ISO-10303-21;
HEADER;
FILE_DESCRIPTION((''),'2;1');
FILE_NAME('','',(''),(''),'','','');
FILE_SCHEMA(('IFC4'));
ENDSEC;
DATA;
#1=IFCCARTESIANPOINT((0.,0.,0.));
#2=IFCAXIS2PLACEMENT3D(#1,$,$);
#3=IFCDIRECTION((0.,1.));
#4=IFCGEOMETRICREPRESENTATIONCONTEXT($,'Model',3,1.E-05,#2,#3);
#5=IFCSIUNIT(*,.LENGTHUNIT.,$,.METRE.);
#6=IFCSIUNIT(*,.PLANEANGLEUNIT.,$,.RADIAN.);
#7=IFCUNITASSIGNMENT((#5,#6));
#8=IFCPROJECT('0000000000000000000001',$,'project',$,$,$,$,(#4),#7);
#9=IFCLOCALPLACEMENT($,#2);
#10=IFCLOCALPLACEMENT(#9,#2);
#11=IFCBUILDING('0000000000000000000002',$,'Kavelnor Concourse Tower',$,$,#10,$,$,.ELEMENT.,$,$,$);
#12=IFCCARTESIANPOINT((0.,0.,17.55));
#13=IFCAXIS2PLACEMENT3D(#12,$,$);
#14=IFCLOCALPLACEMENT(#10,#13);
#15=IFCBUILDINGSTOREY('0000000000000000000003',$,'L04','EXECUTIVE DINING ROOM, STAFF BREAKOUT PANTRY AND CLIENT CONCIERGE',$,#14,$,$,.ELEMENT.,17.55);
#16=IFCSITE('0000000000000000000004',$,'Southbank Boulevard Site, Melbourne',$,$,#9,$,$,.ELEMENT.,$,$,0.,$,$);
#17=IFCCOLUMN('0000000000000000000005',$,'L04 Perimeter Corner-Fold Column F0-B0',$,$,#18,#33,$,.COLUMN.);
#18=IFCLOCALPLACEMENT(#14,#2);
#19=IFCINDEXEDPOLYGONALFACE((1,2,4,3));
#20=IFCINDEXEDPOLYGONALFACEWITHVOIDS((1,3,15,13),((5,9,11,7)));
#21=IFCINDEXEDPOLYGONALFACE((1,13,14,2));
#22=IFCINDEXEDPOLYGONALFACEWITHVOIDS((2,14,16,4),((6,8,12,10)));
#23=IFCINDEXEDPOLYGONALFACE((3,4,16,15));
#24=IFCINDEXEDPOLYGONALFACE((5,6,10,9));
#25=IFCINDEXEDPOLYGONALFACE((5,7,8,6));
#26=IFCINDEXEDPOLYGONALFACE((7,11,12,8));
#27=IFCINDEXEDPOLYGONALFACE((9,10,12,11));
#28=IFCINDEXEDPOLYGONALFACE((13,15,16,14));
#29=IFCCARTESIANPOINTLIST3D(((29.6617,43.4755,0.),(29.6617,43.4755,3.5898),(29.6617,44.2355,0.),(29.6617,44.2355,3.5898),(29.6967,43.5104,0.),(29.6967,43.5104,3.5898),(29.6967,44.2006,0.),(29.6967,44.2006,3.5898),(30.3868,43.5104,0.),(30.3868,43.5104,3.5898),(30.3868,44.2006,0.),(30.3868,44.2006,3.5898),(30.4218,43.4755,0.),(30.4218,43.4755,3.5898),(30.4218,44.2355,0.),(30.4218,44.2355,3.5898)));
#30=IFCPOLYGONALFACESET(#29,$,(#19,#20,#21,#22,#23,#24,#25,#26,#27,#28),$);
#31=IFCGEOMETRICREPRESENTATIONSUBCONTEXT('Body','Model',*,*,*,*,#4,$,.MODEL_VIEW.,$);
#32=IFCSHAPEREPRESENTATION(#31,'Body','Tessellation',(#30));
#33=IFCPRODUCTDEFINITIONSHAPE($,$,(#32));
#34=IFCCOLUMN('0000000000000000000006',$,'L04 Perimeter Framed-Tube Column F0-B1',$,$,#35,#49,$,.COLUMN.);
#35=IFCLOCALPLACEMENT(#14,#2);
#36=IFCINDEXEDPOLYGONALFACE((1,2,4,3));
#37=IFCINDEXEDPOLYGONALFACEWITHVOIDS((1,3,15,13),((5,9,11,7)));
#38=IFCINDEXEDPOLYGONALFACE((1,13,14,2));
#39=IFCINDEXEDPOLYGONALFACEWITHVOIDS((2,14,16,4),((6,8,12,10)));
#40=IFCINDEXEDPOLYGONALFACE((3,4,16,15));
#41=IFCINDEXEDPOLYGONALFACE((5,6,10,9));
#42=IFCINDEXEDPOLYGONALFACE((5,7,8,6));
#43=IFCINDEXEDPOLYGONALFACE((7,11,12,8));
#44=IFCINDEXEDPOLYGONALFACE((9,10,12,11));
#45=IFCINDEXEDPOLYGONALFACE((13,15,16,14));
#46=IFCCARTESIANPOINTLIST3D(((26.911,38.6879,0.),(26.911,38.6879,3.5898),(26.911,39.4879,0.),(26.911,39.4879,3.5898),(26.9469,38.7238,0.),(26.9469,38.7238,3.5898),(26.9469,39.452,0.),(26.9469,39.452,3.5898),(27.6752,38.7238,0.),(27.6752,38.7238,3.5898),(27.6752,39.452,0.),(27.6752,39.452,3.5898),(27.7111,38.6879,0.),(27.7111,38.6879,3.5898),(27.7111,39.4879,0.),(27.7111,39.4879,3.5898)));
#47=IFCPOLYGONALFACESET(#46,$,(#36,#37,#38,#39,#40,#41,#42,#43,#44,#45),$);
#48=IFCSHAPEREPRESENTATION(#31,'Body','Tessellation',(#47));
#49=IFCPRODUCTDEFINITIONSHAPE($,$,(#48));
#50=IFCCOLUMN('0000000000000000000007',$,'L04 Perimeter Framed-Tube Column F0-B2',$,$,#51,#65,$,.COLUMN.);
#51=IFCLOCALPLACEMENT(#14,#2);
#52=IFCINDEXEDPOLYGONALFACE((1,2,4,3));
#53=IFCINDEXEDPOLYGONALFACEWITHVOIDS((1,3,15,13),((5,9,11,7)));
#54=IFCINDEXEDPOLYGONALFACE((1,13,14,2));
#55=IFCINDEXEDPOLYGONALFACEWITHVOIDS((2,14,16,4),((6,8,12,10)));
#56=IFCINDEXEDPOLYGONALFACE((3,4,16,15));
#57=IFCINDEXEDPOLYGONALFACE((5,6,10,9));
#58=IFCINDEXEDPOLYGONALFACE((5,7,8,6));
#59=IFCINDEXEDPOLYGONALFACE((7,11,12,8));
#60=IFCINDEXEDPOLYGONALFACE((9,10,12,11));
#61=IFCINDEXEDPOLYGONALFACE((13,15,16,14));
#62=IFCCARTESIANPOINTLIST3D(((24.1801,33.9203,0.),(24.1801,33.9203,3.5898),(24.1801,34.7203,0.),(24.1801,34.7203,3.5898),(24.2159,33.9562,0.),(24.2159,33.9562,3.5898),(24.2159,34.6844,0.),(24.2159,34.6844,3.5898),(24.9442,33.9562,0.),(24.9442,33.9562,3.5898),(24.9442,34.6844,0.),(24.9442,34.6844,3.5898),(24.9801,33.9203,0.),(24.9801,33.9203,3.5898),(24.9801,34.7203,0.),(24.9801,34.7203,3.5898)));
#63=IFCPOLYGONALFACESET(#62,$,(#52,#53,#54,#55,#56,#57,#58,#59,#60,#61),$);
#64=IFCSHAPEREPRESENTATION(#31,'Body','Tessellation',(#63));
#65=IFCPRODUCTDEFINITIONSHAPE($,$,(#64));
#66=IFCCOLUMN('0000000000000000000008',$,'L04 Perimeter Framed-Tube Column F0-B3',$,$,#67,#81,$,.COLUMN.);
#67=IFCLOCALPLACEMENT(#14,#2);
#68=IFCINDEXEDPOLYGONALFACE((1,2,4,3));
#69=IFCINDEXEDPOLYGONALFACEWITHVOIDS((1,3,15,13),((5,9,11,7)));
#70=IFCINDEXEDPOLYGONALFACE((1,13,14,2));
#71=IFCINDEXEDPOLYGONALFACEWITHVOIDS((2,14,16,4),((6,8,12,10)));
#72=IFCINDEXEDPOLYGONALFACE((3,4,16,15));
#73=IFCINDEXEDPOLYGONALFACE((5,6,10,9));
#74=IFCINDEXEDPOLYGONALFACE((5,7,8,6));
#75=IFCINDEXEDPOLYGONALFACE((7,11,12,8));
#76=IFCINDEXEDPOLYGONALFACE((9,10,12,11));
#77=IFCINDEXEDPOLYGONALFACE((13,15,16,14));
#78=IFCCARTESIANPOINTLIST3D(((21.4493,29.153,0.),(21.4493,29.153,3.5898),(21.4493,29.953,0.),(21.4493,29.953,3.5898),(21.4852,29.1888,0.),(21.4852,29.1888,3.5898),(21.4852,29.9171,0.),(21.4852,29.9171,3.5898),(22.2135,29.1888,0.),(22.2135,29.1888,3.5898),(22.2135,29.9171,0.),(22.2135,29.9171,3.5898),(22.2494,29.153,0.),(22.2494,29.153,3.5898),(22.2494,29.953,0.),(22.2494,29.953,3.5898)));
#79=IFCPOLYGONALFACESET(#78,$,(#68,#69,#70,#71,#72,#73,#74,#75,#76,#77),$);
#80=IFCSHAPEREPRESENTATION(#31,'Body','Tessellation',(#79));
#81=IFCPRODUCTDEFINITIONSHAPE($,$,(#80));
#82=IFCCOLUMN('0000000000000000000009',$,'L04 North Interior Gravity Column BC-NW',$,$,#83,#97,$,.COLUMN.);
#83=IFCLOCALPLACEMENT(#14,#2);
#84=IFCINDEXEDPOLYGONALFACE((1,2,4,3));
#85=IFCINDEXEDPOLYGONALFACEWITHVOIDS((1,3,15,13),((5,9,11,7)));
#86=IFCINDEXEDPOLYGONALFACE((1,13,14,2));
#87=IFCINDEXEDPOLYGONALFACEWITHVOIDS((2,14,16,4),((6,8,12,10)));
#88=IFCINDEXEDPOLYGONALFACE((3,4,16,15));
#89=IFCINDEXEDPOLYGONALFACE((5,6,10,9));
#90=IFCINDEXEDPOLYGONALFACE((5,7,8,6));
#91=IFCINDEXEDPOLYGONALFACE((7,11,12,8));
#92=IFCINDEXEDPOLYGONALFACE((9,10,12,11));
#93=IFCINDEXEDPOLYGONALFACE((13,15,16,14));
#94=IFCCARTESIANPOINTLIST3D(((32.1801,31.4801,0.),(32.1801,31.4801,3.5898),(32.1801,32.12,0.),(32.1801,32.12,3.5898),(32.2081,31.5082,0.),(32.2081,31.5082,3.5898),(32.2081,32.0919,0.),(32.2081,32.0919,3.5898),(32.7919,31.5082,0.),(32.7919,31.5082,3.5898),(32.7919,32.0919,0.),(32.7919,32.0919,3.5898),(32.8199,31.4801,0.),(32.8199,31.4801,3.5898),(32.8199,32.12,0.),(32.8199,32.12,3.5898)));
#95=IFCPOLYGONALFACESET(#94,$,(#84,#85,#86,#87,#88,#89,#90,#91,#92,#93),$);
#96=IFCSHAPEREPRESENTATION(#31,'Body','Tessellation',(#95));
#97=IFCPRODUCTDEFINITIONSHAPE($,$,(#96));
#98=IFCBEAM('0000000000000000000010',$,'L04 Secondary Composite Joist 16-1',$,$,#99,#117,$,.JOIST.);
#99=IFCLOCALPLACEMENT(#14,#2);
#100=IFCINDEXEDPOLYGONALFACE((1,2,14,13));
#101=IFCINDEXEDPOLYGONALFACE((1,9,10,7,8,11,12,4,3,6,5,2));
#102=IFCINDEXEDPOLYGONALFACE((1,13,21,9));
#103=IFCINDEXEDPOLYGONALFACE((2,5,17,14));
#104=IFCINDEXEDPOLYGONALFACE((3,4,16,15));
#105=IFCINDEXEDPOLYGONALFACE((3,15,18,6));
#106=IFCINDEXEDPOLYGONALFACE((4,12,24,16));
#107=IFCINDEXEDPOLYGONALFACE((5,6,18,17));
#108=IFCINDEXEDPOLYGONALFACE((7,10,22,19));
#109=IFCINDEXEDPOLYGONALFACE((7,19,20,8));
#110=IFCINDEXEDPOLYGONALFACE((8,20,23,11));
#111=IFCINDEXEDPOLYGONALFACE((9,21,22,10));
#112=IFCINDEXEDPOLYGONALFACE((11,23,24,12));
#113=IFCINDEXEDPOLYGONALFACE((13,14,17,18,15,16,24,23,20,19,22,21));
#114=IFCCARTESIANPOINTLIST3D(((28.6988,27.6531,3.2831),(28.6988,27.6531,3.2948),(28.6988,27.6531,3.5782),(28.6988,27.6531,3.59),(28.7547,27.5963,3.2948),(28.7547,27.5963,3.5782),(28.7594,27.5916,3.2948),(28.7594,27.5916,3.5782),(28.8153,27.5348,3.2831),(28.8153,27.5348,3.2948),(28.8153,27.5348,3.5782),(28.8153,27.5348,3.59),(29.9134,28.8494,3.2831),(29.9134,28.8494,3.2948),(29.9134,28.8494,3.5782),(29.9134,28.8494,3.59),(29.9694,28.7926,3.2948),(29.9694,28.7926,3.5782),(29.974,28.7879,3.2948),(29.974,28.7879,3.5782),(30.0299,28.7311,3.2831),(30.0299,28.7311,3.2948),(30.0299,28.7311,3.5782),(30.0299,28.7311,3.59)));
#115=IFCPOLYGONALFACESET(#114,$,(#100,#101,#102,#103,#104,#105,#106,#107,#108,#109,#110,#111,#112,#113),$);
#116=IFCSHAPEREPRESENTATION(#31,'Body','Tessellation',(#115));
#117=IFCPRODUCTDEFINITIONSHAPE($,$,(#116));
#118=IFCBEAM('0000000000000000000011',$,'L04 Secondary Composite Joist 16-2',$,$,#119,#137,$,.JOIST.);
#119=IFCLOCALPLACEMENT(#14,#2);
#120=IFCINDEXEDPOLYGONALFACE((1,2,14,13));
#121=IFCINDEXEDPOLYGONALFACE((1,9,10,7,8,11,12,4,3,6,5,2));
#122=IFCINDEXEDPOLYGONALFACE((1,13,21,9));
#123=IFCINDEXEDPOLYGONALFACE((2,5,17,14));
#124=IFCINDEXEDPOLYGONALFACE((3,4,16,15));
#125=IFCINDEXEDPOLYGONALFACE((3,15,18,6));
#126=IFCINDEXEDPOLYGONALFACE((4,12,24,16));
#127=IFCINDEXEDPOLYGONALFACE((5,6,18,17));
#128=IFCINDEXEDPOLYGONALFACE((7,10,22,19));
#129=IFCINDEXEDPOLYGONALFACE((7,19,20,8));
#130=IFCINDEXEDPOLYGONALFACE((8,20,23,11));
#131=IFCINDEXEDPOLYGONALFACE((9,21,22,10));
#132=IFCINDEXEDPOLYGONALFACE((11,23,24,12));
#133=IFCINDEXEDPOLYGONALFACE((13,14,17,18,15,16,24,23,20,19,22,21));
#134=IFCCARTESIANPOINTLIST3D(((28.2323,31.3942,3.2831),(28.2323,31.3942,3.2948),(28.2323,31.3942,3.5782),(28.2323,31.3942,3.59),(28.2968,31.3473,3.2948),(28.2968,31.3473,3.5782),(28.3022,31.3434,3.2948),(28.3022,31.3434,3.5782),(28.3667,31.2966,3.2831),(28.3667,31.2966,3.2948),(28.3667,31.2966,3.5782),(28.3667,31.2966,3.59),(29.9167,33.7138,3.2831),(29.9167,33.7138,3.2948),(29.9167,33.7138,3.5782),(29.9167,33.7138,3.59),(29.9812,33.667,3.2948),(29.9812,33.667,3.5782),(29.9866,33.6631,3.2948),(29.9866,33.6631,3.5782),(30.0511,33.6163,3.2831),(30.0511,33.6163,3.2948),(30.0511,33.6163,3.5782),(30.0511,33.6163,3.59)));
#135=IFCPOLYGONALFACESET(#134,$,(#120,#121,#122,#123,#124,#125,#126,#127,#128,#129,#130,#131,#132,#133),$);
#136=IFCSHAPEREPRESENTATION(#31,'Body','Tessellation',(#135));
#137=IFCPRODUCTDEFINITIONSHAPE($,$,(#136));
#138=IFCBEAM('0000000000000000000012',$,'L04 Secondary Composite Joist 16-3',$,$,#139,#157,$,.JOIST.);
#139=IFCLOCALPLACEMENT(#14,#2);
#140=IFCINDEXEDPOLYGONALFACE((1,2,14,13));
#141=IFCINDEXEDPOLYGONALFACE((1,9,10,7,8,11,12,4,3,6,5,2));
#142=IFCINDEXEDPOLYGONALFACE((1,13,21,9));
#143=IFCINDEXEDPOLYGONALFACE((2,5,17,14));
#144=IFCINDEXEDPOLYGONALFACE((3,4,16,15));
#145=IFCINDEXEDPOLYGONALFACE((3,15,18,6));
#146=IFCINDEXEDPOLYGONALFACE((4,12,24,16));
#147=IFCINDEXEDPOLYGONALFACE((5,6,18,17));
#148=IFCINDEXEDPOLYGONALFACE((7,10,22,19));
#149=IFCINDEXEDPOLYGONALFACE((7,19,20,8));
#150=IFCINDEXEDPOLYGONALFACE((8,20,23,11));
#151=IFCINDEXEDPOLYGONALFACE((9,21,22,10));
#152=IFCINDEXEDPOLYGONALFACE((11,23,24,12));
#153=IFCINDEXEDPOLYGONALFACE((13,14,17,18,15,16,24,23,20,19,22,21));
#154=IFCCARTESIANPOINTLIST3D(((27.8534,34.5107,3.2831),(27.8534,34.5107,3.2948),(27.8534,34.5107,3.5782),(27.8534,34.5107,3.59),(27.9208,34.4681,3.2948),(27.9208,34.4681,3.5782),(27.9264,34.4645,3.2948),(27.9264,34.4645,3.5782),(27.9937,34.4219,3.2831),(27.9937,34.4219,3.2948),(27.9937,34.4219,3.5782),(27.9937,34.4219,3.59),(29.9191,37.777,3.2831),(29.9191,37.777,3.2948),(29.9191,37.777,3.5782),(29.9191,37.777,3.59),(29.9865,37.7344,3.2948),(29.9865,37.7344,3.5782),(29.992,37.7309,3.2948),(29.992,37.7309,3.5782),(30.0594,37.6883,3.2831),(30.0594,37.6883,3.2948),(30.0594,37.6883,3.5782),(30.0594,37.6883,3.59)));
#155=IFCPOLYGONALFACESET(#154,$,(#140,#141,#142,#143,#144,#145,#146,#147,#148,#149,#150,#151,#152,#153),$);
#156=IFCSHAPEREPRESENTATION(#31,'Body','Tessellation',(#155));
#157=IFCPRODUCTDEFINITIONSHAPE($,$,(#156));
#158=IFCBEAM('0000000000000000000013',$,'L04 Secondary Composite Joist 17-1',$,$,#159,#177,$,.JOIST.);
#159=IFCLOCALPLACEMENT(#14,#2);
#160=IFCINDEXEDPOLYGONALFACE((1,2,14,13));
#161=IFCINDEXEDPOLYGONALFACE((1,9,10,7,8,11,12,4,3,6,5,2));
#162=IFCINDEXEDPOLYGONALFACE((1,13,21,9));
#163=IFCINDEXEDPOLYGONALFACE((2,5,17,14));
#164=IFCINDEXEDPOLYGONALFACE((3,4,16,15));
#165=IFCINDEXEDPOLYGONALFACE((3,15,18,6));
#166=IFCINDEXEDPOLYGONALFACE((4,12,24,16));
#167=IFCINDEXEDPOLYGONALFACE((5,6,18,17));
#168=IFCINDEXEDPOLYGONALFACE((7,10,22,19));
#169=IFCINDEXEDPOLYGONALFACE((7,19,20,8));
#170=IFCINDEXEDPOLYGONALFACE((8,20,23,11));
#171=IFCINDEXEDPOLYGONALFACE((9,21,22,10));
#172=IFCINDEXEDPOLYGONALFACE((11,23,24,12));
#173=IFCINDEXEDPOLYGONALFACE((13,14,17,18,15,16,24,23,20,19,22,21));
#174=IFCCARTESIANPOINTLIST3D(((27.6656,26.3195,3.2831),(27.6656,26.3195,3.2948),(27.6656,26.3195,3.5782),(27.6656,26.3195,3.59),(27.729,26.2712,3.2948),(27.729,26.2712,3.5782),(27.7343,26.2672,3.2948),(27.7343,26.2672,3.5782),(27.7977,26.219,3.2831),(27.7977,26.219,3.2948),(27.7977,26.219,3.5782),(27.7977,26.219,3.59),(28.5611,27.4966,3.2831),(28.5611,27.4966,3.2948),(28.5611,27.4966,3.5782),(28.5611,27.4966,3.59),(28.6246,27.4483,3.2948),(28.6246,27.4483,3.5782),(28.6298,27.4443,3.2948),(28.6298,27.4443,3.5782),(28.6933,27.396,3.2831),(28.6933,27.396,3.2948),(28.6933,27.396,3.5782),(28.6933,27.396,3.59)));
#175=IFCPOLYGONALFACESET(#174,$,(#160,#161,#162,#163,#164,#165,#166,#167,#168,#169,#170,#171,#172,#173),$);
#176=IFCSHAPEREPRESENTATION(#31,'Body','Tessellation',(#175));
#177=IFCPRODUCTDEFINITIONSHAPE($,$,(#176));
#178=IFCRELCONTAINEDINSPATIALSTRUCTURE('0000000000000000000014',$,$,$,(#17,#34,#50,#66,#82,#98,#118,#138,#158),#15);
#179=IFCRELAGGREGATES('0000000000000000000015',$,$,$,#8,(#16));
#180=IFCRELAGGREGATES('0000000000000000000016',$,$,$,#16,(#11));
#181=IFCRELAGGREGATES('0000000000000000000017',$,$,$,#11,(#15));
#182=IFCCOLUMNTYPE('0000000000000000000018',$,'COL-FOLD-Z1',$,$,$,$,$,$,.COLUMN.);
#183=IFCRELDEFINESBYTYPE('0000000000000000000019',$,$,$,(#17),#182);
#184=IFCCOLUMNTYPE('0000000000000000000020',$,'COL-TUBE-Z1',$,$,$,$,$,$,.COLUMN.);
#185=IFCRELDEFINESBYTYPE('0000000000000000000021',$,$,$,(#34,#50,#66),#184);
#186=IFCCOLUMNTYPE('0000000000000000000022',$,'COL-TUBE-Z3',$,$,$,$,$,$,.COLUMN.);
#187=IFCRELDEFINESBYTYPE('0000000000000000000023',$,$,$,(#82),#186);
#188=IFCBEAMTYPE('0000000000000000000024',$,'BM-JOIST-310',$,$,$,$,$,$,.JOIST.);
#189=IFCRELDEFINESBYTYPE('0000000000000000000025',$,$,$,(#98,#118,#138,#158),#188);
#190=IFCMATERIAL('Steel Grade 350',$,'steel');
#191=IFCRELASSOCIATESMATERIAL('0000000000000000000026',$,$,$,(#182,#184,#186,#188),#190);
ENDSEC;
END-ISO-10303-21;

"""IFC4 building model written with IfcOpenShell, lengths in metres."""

from ifc_helpers import new_model, si_unit, direction, frame, origin, origin_2d, place, context, subcontext, project, spatial, hollow_rectangle, i_section, extrude, material, material_profile, profile_set, type_object, element, save


model = new_model("IFC4")

# Units and contexts
model_context = context("Model", 3, precision=1e-05, world=origin(), true_north=direction((0.0, 1.0)))
body_context = subcontext(model_context, "Body", "Model", "MODEL_VIEW")
ifc_project = project(units=[si_unit("LENGTHUNIT", "METRE"), si_unit("PLANEANGLEUNIT", "RADIAN")], contexts=[model_context])

# Site, building, storey
site_placement = place(None, origin())
site = spatial("IfcSite", under=ifc_project, at=site_placement, Name="Southbank Boulevard Site, Melbourne", CompositionType="ELEMENT", RefElevation=0.0)
building_placement = place(site_placement, origin())
building = spatial("IfcBuilding", under=site, at=building_placement, Name="Kavelnor Concourse Tower", CompositionType="ELEMENT")
storey_placement = place(building_placement, frame((0.0, 0.0, 17.55)))
storey = spatial("IfcBuildingStorey", under=building, at=storey_placement, Name="L04", Description="EXECUTIVE DINING ROOM, STAFF BREAKOUT PANTRY AND CLIENT CONCIERGE", CompositionType="ELEMENT", Elevation=17.55)

# Columns
ifc_material_1 = material(Name="Steel Grade 350", Category="steel")
ifc_material_profile_1 = material_profile(ifc_material_1, hollow_rectangle(XDim=0.76, YDim=0.76, WallThickness=0.0349, at=origin_2d()), Name="SHS 760x760x35")
ifc_profile_set_1 = profile_set([ifc_material_profile_1], Name="Steel Grade 350")
column_type_1 = type_object("IfcColumnType", Name="COL-FOLD-Z1", PredefinedType="COLUMN", material=ifc_profile_set_1)
column_1_placement = place(storey_placement, frame((30.0417, 43.8555, 0.0), z_axis=(0.0, 0.0, 1.0), x_axis=(1.0, 0.0, 0.0)))
element("IfcColumn", 1, at=column_1_placement, inside=storey, type_object=column_type_1, Name="L04 Perimeter Corner-Fold Column F0-B0", PredefinedType="COLUMN", context=body_context, shape_type="SweptSolid", body=[
    extrude(hollow_rectangle(XDim=0.76, YDim=0.76, WallThickness=0.0349, at=origin_2d()), origin(), (0.0, 0.0, 1.0), 3.5898),
])
ifc_material_profile_2 = material_profile(ifc_material_1, hollow_rectangle(XDim=0.8, YDim=0.8, WallThickness=0.0359, at=origin_2d()), Name="SHS 800x800x36")
ifc_profile_set_2 = profile_set([ifc_material_profile_2], Name="Steel Grade 350")
column_type_2 = type_object("IfcColumnType", Name="COL-TUBE-Z1", PredefinedType="COLUMN", material=ifc_profile_set_2)
for number, where, z_axis, x_axis, name in (
    (2, (27.311, 39.0879, 0.0), (0.0, 0.0, 1.0), (1.0, 0.0, 0.0), "L04 Perimeter Framed-Tube Column F0-B1"),
    (3, (24.5801, 34.3203, 0.0), (0.0, 0.0, 1.0), (1.0, 0.0, 0.0), "L04 Perimeter Framed-Tube Column F0-B2"),
    (4, (21.8494, 29.553, 0.0), (0.0, 0.0, 1.0), (1.0, 0.0, 0.0), "L04 Perimeter Framed-Tube Column F0-B3"),
):
    element("IfcColumn", number, at=place(storey_placement, frame(where, z_axis=z_axis, x_axis=x_axis)), inside=storey, type_object=column_type_2, Name=name, PredefinedType="COLUMN", context=body_context, shape_type="SweptSolid", body=[
        extrude(hollow_rectangle(XDim=0.8, YDim=0.8, WallThickness=0.0359, at=origin_2d()), origin(), (0.0, 0.0, 1.0), 3.5898),
    ])
ifc_material_profile_3 = material_profile(ifc_material_1, hollow_rectangle(XDim=0.6399, YDim=0.6399, WallThickness=0.0281, at=origin_2d()), Name="SHS 640x640x28")
ifc_profile_set_3 = profile_set([ifc_material_profile_3], Name="Steel Grade 350")
column_type_3 = type_object("IfcColumnType", Name="COL-TUBE-Z3", PredefinedType="COLUMN", material=ifc_profile_set_3)
column_2_placement = place(storey_placement, frame((32.5, 31.8, 0.0), z_axis=(0.0, 0.0, 1.0), x_axis=(1.0, 0.0, 0.0)))
element("IfcColumn", 5, at=column_2_placement, inside=storey, type_object=column_type_3, Name="L04 North Interior Gravity Column BC-NW", PredefinedType="COLUMN", context=body_context, shape_type="SweptSolid", body=[
    extrude(hollow_rectangle(XDim=0.6399, YDim=0.6399, WallThickness=0.0281, at=origin_2d()), origin(), (0.0, 0.0, 1.0), 3.5898),
])

# Beams
ifc_material_profile_4 = material_profile(ifc_material_1, i_section(OverallWidth=0.166, OverallDepth=0.3069, WebThickness=0.0066, FlangeThickness=0.0117, at=origin_2d()), Name="310UB46")
ifc_profile_set_4 = profile_set([ifc_material_profile_4], Name="Steel Grade 350")
beam_type_1 = type_object("IfcBeamType", Name="BM-JOIST-310", PredefinedType="JOIST", material=ifc_profile_set_4)
beam_1_placement = place(storey_placement, frame((29.9717, 28.7903, 3.4365), z_axis=(-0.712457, -0.701716, 0.0), x_axis=(0.701716, -0.712457, 0.0)))
element("IfcBeam", 6, at=beam_1_placement, inside=storey, type_object=beam_type_1, Name="L04 Secondary Composite Joist 16-1", PredefinedType="JOIST", context=body_context, shape_type="SweptSolid", body=[
    extrude(i_section(OverallWidth=0.166, OverallDepth=0.3069, WebThickness=0.0066, FlangeThickness=0.0117, at=origin_2d()), origin(), (0.0, 0.0, 1.0), 1.7048),
])
beam_2_placement = place(storey_placement, frame((29.9839, 33.665, 3.4365), z_axis=(-0.587569, -0.809174, 0.0), x_axis=(0.809174, -0.587569, 0.0)))
element("IfcBeam", 7, at=beam_2_placement, inside=storey, type_object=beam_type_1, Name="L04 Secondary Composite Joist 16-2", PredefinedType="JOIST", context=body_context, shape_type="SweptSolid", body=[
    extrude(i_section(OverallWidth=0.166, OverallDepth=0.3069, WebThickness=0.0066, FlangeThickness=0.0117, at=origin_2d()), origin(), (0.0, 0.0, 1.0), 2.8667),
])
beam_3_placement = place(storey_placement, frame((29.9893, 37.7327, 3.4365), z_axis=(-0.534494, -0.845172, 0.0), x_axis=(0.845172, -0.534494, 0.0)))
element("IfcBeam", 8, at=beam_3_placement, inside=storey, type_object=beam_type_1, Name="L04 Secondary Composite Joist 16-3", PredefinedType="JOIST", context=body_context, shape_type="SweptSolid", body=[
    extrude(i_section(OverallWidth=0.166, OverallDepth=0.3069, WebThickness=0.0066, FlangeThickness=0.0117, at=origin_2d()), origin(), (0.0, 0.0, 1.0), 3.8647),
])
beam_4_placement = place(storey_placement, frame((28.6272, 27.4463, 3.4365), z_axis=(-0.605506, -0.795841, 0.0), x_axis=(0.795841, -0.605506, 0.0)))
element("IfcBeam", 9, at=beam_4_placement, inside=storey, type_object=beam_type_1, Name="L04 Secondary Composite Joist 17-1", PredefinedType="JOIST", context=body_context, shape_type="SweptSolid", body=[
    extrude(i_section(OverallWidth=0.166, OverallDepth=0.3069, WebThickness=0.0066, FlangeThickness=0.0117, at=origin_2d()), origin(), (0.0, 0.0, 1.0), 1.479),
])

save(model, "model.ifc")
